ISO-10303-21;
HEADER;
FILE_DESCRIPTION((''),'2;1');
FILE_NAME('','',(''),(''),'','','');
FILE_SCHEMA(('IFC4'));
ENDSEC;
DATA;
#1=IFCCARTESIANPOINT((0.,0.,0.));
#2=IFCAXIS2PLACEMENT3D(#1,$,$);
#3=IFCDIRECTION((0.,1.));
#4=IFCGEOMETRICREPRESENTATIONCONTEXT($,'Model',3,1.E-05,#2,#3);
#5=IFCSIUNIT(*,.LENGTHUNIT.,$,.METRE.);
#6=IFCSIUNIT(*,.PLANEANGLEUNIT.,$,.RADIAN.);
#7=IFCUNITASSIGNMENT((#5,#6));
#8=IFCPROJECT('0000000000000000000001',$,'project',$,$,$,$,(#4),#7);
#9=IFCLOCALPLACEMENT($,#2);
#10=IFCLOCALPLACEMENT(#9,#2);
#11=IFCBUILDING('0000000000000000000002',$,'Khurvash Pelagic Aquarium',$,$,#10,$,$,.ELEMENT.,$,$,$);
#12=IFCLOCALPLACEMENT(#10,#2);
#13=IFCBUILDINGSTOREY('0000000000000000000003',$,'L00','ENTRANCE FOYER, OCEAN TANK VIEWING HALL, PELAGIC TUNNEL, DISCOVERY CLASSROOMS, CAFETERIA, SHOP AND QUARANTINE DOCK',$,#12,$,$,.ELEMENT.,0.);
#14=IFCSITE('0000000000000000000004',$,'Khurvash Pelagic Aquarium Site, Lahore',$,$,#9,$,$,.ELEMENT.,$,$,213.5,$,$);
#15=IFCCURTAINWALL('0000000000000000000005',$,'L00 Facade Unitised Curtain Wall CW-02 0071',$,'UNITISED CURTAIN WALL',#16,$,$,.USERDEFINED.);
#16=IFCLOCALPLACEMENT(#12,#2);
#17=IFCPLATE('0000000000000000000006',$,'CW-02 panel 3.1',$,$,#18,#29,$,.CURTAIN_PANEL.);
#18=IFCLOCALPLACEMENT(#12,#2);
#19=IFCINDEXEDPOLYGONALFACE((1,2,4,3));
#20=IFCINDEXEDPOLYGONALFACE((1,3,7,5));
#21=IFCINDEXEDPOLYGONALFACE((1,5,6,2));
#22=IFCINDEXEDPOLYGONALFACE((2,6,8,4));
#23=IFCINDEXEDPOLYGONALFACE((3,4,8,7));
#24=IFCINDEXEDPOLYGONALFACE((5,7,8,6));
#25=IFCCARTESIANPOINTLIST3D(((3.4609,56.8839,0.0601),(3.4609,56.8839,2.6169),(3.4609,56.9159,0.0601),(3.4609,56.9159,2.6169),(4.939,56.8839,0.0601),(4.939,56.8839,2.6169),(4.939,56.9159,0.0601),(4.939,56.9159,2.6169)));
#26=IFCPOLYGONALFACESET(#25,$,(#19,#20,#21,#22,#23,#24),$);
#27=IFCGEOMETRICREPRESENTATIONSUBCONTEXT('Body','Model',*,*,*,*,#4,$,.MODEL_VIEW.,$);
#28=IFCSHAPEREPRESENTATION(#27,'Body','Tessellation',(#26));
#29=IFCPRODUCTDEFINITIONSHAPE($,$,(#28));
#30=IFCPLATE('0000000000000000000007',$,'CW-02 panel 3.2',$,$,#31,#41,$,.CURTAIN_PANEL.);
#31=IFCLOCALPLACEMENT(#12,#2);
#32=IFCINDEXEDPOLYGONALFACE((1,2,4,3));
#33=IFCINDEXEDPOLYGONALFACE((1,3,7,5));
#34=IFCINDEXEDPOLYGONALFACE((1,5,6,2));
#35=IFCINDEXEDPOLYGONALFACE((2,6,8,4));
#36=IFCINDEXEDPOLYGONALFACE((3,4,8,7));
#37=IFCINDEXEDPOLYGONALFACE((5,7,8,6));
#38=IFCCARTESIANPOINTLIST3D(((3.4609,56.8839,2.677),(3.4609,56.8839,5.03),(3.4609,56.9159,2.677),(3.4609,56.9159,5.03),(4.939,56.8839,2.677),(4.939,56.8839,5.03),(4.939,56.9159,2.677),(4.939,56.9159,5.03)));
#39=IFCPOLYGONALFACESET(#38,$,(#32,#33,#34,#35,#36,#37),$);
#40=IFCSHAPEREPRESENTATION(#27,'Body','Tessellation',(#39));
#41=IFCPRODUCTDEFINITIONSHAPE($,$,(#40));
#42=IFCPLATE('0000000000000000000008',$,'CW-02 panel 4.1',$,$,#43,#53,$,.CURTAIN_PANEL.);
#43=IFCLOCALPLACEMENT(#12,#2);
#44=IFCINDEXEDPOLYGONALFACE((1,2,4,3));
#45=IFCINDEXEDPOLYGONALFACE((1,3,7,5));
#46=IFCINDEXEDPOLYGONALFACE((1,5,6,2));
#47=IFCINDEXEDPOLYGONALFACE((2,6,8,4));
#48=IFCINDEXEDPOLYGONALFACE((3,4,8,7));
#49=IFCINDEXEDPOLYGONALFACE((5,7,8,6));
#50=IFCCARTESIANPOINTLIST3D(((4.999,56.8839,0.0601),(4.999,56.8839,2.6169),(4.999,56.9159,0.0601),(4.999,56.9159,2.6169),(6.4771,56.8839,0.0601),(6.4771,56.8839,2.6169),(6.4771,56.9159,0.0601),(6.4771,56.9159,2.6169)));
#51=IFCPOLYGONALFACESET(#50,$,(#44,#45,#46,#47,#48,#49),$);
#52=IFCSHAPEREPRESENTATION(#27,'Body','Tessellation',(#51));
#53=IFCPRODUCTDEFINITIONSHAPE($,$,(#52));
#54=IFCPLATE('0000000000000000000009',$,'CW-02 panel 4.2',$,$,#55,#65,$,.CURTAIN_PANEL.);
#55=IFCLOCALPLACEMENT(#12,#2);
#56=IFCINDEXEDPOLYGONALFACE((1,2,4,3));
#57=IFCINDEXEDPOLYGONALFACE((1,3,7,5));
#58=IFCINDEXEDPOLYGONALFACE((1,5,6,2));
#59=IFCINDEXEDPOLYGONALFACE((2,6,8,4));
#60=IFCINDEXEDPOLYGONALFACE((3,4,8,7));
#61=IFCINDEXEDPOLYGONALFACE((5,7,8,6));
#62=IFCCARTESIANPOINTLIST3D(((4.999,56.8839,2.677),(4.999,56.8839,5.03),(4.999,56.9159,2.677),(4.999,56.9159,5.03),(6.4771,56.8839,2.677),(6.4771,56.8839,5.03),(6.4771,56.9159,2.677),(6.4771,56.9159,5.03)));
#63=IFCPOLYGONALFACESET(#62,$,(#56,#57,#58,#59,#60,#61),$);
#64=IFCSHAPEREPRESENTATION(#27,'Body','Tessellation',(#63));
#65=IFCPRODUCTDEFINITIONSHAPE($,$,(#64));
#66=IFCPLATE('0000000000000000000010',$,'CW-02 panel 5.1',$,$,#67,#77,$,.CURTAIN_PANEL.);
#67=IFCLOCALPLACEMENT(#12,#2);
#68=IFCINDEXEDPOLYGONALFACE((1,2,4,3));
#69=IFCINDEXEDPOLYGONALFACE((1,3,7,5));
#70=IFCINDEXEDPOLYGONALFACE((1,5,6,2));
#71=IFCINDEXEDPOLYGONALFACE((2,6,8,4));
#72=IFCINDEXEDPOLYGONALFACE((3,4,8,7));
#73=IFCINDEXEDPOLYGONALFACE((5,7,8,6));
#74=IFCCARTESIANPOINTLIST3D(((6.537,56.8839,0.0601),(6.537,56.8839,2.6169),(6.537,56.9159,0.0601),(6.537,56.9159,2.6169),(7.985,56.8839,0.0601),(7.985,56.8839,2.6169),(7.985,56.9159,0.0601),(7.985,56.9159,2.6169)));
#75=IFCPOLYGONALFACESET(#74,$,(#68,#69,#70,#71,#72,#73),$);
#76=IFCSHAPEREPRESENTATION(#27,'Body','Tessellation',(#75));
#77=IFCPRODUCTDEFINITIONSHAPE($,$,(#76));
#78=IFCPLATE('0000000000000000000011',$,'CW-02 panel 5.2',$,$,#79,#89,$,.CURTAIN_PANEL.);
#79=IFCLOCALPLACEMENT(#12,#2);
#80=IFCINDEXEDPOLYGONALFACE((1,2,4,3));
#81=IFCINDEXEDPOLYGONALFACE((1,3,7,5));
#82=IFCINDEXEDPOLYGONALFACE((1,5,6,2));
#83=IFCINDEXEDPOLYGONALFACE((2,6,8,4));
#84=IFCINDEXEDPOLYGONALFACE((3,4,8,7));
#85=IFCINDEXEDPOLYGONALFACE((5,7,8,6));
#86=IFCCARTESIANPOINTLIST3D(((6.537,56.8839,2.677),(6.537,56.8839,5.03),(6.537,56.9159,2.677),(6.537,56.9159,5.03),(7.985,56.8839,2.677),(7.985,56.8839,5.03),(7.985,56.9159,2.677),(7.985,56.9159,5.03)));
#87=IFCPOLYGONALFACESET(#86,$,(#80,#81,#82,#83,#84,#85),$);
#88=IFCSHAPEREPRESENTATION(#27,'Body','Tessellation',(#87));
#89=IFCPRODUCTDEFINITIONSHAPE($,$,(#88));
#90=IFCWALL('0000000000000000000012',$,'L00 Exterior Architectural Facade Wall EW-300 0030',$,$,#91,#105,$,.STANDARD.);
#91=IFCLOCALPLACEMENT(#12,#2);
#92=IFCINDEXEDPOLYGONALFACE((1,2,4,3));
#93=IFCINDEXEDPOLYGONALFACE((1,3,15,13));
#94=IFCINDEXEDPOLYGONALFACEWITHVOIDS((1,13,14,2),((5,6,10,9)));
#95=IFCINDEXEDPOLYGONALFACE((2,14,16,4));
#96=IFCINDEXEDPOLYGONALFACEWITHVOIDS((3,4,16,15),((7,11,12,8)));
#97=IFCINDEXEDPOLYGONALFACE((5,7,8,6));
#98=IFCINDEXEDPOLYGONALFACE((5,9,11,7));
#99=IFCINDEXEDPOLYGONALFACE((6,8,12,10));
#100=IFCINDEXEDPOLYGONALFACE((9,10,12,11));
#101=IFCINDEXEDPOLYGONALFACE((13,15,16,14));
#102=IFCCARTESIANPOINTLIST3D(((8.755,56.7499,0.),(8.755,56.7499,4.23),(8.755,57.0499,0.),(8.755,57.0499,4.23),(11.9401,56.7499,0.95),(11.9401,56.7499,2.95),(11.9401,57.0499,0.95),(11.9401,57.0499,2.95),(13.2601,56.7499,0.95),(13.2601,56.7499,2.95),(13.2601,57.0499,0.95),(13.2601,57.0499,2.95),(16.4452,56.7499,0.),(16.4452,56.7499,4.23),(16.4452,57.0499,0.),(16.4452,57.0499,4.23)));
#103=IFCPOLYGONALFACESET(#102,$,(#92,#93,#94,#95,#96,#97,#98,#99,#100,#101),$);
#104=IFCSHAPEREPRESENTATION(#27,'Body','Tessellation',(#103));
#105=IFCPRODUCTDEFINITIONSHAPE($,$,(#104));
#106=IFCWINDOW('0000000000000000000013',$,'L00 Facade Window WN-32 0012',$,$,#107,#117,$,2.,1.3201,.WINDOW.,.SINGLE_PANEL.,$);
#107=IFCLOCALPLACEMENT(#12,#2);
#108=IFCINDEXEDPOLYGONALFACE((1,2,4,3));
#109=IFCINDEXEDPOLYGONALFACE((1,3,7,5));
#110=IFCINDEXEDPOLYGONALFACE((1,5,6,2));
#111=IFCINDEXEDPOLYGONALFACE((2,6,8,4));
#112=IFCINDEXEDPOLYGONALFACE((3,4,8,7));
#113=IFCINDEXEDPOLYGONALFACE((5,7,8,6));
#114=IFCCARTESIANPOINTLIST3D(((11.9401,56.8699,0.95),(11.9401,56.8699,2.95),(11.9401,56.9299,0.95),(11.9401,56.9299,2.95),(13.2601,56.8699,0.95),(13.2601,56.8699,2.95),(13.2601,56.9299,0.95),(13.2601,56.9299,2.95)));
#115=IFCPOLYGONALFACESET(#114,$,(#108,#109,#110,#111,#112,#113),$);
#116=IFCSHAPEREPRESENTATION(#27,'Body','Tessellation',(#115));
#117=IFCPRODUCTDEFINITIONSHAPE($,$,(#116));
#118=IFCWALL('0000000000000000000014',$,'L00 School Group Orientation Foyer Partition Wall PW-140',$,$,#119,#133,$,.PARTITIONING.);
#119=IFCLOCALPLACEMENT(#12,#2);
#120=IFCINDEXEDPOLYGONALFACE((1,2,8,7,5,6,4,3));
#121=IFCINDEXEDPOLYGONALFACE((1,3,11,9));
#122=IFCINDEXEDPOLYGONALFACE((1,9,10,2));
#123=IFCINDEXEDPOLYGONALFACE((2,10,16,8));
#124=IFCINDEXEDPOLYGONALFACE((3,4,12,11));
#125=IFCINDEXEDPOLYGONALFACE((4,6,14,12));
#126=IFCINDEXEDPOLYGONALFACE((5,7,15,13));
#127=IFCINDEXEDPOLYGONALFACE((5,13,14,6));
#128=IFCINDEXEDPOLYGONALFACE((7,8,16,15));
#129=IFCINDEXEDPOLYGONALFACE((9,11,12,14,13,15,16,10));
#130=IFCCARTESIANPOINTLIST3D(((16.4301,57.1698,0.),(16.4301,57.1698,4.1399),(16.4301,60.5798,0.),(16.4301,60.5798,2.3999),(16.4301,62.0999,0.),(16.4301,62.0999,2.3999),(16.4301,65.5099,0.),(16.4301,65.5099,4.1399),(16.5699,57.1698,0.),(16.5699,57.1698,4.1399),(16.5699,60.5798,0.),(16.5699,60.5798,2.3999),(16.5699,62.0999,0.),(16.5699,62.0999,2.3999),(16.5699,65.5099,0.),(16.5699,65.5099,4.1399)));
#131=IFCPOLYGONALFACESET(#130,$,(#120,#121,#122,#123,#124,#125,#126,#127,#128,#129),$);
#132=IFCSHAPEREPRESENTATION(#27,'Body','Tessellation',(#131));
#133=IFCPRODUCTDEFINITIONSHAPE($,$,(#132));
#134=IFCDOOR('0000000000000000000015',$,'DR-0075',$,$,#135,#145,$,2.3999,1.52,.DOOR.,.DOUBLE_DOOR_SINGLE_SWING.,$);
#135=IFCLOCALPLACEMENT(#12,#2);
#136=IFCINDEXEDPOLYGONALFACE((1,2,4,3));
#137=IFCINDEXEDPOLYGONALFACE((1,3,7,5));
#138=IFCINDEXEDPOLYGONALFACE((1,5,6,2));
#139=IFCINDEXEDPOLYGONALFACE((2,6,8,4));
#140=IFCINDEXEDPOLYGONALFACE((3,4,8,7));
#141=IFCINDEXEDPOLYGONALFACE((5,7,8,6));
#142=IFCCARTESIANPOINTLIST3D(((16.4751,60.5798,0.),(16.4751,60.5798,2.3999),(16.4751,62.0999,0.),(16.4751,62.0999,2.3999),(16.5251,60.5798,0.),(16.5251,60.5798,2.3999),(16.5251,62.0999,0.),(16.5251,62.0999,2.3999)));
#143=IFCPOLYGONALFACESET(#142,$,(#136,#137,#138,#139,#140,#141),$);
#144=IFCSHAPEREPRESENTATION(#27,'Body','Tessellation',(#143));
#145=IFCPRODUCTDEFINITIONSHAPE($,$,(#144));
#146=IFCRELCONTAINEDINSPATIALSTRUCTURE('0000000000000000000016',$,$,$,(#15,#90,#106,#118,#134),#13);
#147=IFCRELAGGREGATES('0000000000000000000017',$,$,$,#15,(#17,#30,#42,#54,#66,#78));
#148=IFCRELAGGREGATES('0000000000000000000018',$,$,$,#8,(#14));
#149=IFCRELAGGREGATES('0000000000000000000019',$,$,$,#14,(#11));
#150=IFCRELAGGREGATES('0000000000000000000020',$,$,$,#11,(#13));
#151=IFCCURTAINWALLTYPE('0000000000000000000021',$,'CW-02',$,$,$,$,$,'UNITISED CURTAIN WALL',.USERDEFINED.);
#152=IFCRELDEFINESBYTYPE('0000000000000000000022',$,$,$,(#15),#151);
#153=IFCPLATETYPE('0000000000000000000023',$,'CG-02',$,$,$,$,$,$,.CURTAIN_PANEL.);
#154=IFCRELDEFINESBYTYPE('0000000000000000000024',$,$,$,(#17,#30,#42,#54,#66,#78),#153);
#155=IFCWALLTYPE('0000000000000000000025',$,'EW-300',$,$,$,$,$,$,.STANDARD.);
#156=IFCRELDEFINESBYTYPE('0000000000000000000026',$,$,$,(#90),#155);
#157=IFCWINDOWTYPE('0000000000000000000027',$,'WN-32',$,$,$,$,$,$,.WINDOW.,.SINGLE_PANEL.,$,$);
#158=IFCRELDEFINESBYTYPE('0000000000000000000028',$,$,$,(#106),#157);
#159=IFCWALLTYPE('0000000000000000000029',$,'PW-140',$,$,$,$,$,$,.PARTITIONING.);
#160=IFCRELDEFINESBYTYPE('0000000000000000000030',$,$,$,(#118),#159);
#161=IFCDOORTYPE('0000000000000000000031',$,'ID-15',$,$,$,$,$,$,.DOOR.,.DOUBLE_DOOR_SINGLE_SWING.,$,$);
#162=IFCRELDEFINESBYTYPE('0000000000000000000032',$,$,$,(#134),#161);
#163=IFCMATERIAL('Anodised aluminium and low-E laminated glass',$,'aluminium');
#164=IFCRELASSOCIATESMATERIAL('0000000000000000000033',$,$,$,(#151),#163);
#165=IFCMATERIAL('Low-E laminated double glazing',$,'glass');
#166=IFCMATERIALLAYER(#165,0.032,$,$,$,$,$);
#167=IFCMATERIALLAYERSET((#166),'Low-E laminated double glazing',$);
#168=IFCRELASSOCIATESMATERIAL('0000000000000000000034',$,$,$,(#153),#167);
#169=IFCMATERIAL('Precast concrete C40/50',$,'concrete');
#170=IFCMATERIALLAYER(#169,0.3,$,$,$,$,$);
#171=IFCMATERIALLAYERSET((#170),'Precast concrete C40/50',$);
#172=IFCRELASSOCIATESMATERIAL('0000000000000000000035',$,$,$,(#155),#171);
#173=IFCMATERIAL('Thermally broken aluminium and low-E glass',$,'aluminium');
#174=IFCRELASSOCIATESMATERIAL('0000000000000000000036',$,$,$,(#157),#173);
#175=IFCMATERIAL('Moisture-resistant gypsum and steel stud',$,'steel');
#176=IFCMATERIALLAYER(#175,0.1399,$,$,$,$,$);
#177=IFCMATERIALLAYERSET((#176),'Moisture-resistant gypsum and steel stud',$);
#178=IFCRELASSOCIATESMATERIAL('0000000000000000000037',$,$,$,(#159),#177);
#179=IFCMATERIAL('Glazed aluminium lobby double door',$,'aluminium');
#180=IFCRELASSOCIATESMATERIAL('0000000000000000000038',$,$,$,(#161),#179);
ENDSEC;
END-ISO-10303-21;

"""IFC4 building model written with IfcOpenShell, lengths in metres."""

from ifc_helpers import new_model, si_unit, direction, frame, frame_2d, origin, origin_2d, place, context, subcontext, project, spatial, rectangle, extrude, material, layer, layer_set, type_object, element, fill, aggregate, save


model = new_model("IFC4")

# Units and contexts
model_context = context("Model", 3, precision=1e-05, world=origin(), true_north=direction((0.0, 1.0)))
body_context = subcontext(model_context, "Body", "Model", "MODEL_VIEW")
ifc_project = project(units=[si_unit("LENGTHUNIT", "METRE"), si_unit("PLANEANGLEUNIT", "RADIAN")], contexts=[model_context])

# Site, building, storey
site_placement = place(None, origin())
site = spatial("IfcSite", under=ifc_project, at=site_placement, Name="Khurvash Pelagic Aquarium Site, Lahore", CompositionType="ELEMENT", RefElevation=213.5)
building_placement = place(site_placement, origin())
building = spatial("IfcBuilding", under=site, at=building_placement, Name="Khurvash Pelagic Aquarium", CompositionType="ELEMENT")
storey_placement = place(building_placement, origin())
storey = spatial("IfcBuildingStorey", under=building, at=storey_placement, Name="L00", Description="ENTRANCE FOYER, OCEAN TANK VIEWING HALL, PELAGIC TUNNEL, DISCOVERY CLASSROOMS, CAFETERIA, SHOP AND QUARANTINE DOCK", CompositionType="ELEMENT", Elevation=0.0)

# Curtain wall, plates
ifc_material_1 = material(Name="Anodised aluminium and low-E laminated glass", Category="aluminium")
curtain_wall_type = type_object("IfcCurtainWallType", Name="CW-02", ElementType="UNITISED CURTAIN WALL", PredefinedType="USERDEFINED", material=ifc_material_1)
curtain_wall_placement = place(storey_placement, origin())
curtain_wall = element("IfcCurtainWall", 1, at=curtain_wall_placement, inside=storey, type_object=curtain_wall_type, Name="L00 Facade Unitised Curtain Wall CW-02 0071", ObjectType="UNITISED CURTAIN WALL", PredefinedType="USERDEFINED")
ifc_material_2 = material(Name="Low-E laminated double glazing", Category="glass")
ifc_layer_1 = layer(ifc_material_2, 0.032)
ifc_layer_set_1 = layer_set([ifc_layer_1], Name="Low-E laminated double glazing")
plate_type = type_object("IfcPlateType", Name="CG-02", PredefinedType="CURTAIN_PANEL", material=ifc_layer_set_1)
plate_1_placement = place(storey_placement, frame((4.2, 56.8999, 0.0601), z_axis=(0.0, 0.0, 1.0), x_axis=(1.0, 0.0, 0.0)))
plate_1 = element("IfcPlate", 2, at=plate_1_placement, type_object=plate_type, Name="CW-02 panel 3.1", PredefinedType="CURTAIN_PANEL", context=body_context, shape_type="SweptSolid", body=[
    extrude(rectangle(XDim=1.478, YDim=0.032, at=origin_2d()), origin(), (0.0, 0.0, 1.0), 2.5569),
])
plate_2_placement = place(storey_placement, frame((4.2, 56.8999, 2.677), z_axis=(0.0, 0.0, 1.0), x_axis=(1.0, 0.0, 0.0)))
plate_2 = element("IfcPlate", 3, at=plate_2_placement, type_object=plate_type, Name="CW-02 panel 3.2", PredefinedType="CURTAIN_PANEL", context=body_context, shape_type="SweptSolid", body=[
    extrude(rectangle(XDim=1.478, YDim=0.032, at=origin_2d()), origin(), (0.0, 0.0, 1.0), 2.353),
])
plate_3_placement = place(storey_placement, frame((5.738, 56.8999, 0.0601), z_axis=(0.0, 0.0, 1.0), x_axis=(1.0, 0.0, 0.0)))
plate_3 = element("IfcPlate", 4, at=plate_3_placement, type_object=plate_type, Name="CW-02 panel 4.1", PredefinedType="CURTAIN_PANEL", context=body_context, shape_type="SweptSolid", body=[
    extrude(rectangle(XDim=1.478, YDim=0.032, at=origin_2d()), origin(), (0.0, 0.0, 1.0), 2.5569),
])
plate_4_placement = place(storey_placement, frame((5.738, 56.8999, 2.677), z_axis=(0.0, 0.0, 1.0), x_axis=(1.0, 0.0, 0.0)))
plate_4 = element("IfcPlate", 5, at=plate_4_placement, type_object=plate_type, Name="CW-02 panel 4.2", PredefinedType="CURTAIN_PANEL", context=body_context, shape_type="SweptSolid", body=[
    extrude(rectangle(XDim=1.478, YDim=0.032, at=origin_2d()), origin(), (0.0, 0.0, 1.0), 2.353),
])
plate_5_placement = place(storey_placement, frame((7.261, 56.8999, 0.0601), z_axis=(0.0, 0.0, 1.0), x_axis=(1.0, 0.0, 0.0)))
plate_5 = element("IfcPlate", 6, at=plate_5_placement, type_object=plate_type, Name="CW-02 panel 5.1", PredefinedType="CURTAIN_PANEL", context=body_context, shape_type="SweptSolid", body=[
    extrude(rectangle(XDim=1.448, YDim=0.032, at=origin_2d()), origin(), (0.0, 0.0, 1.0), 2.5569),
])
plate_6_placement = place(storey_placement, frame((7.261, 56.8999, 2.677), z_axis=(0.0, 0.0, 1.0), x_axis=(1.0, 0.0, 0.0)))
plate_6 = element("IfcPlate", 7, at=plate_6_placement, type_object=plate_type, Name="CW-02 panel 5.2", PredefinedType="CURTAIN_PANEL", context=body_context, shape_type="SweptSolid", body=[
    extrude(rectangle(XDim=1.448, YDim=0.032, at=origin_2d()), origin(), (0.0, 0.0, 1.0), 2.353),
])
aggregate(curtain_wall, [plate_1, plate_2, plate_3, plate_4, plate_5, plate_6])

# Wall, opening, window
ifc_material_3 = material(Name="Precast concrete C40/50", Category="concrete")
ifc_layer_2 = layer(ifc_material_3, 0.3)
ifc_layer_set_2 = layer_set([ifc_layer_2], Name="Precast concrete C40/50")
wall_type_1 = type_object("IfcWallType", Name="EW-300", PredefinedType="STANDARD", material=ifc_layer_set_2)
wall_1_placement = place(storey_placement, frame((8.7549, 56.8999, 0.0), z_axis=(0.0, 0.0, 1.0), x_axis=(1.0, 0.0, 0.0)))
wall_1 = element("IfcWall", 8, at=wall_1_placement, inside=storey, type_object=wall_type_1, Name="L00 Exterior Architectural Facade Wall EW-300 0030", PredefinedType="STANDARD", context=body_context, shape_type="SweptSolid", body=[
    extrude(rectangle(XDim=7.6902, YDim=0.3, at=frame_2d((3.8452, 0.0))), origin(), (0.0, 0.0, 1.0), 4.23),
])
opening_1_placement = place(wall_1_placement, frame((3.1851, 0.0, 0.95)))
opening_1 = element("IfcOpeningElement", 9, at=opening_1_placement, cuts=wall_1, PredefinedType="OPENING", context=body_context, shape_type="SweptSolid", body=[
    extrude(rectangle(XDim=1.3201, YDim=2.0, at=frame_2d((0.6602, 1.0))), frame((0.0, 0.1602, 0.0), z_axis=(0.0, -1.0, 0.0), x_axis=(1.0, 0.0, 0.0)), (0.0, 0.0, 1.0), 0.3201),
])
ifc_material_4 = material(Name="Thermally broken aluminium and low-E glass", Category="aluminium")
window_type = type_object("IfcWindowType", Name="WN-32", PartitioningType="SINGLE_PANEL", PredefinedType="WINDOW", material=ifc_material_4)
window_placement = place(opening_1_placement, origin())
window = element("IfcWindow", 10, at=window_placement, inside=storey, type_object=window_type, Name="L00 Facade Window WN-32 0012", OverallHeight=2.0, OverallWidth=1.3201, PartitioningType="SINGLE_PANEL", PredefinedType="WINDOW", context=body_context, shape_type="SweptSolid", body=[
    extrude(rectangle(XDim=1.3201, YDim=2.0, at=frame_2d((0.6602, 1.0))), frame((0.0, 0.03, 0.0), z_axis=(0.0, -1.0, 0.0), x_axis=(1.0, 0.0, 0.0)), (0.0, 0.0, 1.0), 0.0601),
])
fill(opening_1, window)

# Wall, opening, door
ifc_material_5 = material(Name="Moisture-resistant gypsum and steel stud", Category="steel")
ifc_layer_3 = layer(ifc_material_5, 0.1399)
ifc_layer_set_3 = layer_set([ifc_layer_3], Name="Moisture-resistant gypsum and steel stud")
wall_type_2 = type_object("IfcWallType", Name="PW-140", PredefinedType="PARTITIONING", material=ifc_layer_set_3)
wall_2_placement = place(storey_placement, frame((16.5, 57.1699, 0.0), z_axis=(0.0, 0.0, 1.0), x_axis=(0.0, 1.0, 0.0)))
wall_2 = element("IfcWall", 11, at=wall_2_placement, inside=storey, type_object=wall_type_2, Name="L00 School Group Orientation Foyer Partition Wall PW-140", PredefinedType="PARTITIONING", context=body_context, shape_type="SweptSolid", body=[
    extrude(rectangle(XDim=8.3401, YDim=0.1399, at=frame_2d((4.1699, 0.0))), origin(), (0.0, 0.0, 1.0), 4.1399),
])
opening_2_placement = place(wall_2_placement, frame((3.4099, 0.0, 0.0)))
opening_2 = element("IfcOpeningElement", 12, at=opening_2_placement, cuts=wall_2, PredefinedType="OPENING", context=body_context, shape_type="SweptSolid", body=[
    extrude(rectangle(XDim=1.52, YDim=2.3999, at=frame_2d((0.76, 1.2))), frame((0.0, 0.0801, 0.0), z_axis=(0.0, -1.0, 0.0), x_axis=(1.0, 0.0, 0.0)), (0.0, 0.0, 1.0), 0.1599),
])
ifc_material_6 = material(Name="Glazed aluminium lobby double door", Category="aluminium")
door_type = type_object("IfcDoorType", Name="ID-15", OperationType="DOUBLE_DOOR_SINGLE_SWING", PredefinedType="DOOR", material=ifc_material_6)
door_placement = place(opening_2_placement, origin())
door = element("IfcDoor", 13, at=door_placement, inside=storey, type_object=door_type, Name="DR-0075", OperationType="DOUBLE_DOOR_SINGLE_SWING", OverallHeight=2.3999, OverallWidth=1.52, PredefinedType="DOOR", context=body_context, shape_type="SweptSolid", body=[
    extrude(rectangle(XDim=1.52, YDim=2.3999, at=frame_2d((0.76, 1.2))), frame((0.0, 0.0249, 0.0), z_axis=(0.0, -1.0, 0.0), x_axis=(1.0, 0.0, 0.0)), (0.0, 0.0, 1.0), 0.05),
])
fill(opening_2, door)

save(model, "model.ifc")
